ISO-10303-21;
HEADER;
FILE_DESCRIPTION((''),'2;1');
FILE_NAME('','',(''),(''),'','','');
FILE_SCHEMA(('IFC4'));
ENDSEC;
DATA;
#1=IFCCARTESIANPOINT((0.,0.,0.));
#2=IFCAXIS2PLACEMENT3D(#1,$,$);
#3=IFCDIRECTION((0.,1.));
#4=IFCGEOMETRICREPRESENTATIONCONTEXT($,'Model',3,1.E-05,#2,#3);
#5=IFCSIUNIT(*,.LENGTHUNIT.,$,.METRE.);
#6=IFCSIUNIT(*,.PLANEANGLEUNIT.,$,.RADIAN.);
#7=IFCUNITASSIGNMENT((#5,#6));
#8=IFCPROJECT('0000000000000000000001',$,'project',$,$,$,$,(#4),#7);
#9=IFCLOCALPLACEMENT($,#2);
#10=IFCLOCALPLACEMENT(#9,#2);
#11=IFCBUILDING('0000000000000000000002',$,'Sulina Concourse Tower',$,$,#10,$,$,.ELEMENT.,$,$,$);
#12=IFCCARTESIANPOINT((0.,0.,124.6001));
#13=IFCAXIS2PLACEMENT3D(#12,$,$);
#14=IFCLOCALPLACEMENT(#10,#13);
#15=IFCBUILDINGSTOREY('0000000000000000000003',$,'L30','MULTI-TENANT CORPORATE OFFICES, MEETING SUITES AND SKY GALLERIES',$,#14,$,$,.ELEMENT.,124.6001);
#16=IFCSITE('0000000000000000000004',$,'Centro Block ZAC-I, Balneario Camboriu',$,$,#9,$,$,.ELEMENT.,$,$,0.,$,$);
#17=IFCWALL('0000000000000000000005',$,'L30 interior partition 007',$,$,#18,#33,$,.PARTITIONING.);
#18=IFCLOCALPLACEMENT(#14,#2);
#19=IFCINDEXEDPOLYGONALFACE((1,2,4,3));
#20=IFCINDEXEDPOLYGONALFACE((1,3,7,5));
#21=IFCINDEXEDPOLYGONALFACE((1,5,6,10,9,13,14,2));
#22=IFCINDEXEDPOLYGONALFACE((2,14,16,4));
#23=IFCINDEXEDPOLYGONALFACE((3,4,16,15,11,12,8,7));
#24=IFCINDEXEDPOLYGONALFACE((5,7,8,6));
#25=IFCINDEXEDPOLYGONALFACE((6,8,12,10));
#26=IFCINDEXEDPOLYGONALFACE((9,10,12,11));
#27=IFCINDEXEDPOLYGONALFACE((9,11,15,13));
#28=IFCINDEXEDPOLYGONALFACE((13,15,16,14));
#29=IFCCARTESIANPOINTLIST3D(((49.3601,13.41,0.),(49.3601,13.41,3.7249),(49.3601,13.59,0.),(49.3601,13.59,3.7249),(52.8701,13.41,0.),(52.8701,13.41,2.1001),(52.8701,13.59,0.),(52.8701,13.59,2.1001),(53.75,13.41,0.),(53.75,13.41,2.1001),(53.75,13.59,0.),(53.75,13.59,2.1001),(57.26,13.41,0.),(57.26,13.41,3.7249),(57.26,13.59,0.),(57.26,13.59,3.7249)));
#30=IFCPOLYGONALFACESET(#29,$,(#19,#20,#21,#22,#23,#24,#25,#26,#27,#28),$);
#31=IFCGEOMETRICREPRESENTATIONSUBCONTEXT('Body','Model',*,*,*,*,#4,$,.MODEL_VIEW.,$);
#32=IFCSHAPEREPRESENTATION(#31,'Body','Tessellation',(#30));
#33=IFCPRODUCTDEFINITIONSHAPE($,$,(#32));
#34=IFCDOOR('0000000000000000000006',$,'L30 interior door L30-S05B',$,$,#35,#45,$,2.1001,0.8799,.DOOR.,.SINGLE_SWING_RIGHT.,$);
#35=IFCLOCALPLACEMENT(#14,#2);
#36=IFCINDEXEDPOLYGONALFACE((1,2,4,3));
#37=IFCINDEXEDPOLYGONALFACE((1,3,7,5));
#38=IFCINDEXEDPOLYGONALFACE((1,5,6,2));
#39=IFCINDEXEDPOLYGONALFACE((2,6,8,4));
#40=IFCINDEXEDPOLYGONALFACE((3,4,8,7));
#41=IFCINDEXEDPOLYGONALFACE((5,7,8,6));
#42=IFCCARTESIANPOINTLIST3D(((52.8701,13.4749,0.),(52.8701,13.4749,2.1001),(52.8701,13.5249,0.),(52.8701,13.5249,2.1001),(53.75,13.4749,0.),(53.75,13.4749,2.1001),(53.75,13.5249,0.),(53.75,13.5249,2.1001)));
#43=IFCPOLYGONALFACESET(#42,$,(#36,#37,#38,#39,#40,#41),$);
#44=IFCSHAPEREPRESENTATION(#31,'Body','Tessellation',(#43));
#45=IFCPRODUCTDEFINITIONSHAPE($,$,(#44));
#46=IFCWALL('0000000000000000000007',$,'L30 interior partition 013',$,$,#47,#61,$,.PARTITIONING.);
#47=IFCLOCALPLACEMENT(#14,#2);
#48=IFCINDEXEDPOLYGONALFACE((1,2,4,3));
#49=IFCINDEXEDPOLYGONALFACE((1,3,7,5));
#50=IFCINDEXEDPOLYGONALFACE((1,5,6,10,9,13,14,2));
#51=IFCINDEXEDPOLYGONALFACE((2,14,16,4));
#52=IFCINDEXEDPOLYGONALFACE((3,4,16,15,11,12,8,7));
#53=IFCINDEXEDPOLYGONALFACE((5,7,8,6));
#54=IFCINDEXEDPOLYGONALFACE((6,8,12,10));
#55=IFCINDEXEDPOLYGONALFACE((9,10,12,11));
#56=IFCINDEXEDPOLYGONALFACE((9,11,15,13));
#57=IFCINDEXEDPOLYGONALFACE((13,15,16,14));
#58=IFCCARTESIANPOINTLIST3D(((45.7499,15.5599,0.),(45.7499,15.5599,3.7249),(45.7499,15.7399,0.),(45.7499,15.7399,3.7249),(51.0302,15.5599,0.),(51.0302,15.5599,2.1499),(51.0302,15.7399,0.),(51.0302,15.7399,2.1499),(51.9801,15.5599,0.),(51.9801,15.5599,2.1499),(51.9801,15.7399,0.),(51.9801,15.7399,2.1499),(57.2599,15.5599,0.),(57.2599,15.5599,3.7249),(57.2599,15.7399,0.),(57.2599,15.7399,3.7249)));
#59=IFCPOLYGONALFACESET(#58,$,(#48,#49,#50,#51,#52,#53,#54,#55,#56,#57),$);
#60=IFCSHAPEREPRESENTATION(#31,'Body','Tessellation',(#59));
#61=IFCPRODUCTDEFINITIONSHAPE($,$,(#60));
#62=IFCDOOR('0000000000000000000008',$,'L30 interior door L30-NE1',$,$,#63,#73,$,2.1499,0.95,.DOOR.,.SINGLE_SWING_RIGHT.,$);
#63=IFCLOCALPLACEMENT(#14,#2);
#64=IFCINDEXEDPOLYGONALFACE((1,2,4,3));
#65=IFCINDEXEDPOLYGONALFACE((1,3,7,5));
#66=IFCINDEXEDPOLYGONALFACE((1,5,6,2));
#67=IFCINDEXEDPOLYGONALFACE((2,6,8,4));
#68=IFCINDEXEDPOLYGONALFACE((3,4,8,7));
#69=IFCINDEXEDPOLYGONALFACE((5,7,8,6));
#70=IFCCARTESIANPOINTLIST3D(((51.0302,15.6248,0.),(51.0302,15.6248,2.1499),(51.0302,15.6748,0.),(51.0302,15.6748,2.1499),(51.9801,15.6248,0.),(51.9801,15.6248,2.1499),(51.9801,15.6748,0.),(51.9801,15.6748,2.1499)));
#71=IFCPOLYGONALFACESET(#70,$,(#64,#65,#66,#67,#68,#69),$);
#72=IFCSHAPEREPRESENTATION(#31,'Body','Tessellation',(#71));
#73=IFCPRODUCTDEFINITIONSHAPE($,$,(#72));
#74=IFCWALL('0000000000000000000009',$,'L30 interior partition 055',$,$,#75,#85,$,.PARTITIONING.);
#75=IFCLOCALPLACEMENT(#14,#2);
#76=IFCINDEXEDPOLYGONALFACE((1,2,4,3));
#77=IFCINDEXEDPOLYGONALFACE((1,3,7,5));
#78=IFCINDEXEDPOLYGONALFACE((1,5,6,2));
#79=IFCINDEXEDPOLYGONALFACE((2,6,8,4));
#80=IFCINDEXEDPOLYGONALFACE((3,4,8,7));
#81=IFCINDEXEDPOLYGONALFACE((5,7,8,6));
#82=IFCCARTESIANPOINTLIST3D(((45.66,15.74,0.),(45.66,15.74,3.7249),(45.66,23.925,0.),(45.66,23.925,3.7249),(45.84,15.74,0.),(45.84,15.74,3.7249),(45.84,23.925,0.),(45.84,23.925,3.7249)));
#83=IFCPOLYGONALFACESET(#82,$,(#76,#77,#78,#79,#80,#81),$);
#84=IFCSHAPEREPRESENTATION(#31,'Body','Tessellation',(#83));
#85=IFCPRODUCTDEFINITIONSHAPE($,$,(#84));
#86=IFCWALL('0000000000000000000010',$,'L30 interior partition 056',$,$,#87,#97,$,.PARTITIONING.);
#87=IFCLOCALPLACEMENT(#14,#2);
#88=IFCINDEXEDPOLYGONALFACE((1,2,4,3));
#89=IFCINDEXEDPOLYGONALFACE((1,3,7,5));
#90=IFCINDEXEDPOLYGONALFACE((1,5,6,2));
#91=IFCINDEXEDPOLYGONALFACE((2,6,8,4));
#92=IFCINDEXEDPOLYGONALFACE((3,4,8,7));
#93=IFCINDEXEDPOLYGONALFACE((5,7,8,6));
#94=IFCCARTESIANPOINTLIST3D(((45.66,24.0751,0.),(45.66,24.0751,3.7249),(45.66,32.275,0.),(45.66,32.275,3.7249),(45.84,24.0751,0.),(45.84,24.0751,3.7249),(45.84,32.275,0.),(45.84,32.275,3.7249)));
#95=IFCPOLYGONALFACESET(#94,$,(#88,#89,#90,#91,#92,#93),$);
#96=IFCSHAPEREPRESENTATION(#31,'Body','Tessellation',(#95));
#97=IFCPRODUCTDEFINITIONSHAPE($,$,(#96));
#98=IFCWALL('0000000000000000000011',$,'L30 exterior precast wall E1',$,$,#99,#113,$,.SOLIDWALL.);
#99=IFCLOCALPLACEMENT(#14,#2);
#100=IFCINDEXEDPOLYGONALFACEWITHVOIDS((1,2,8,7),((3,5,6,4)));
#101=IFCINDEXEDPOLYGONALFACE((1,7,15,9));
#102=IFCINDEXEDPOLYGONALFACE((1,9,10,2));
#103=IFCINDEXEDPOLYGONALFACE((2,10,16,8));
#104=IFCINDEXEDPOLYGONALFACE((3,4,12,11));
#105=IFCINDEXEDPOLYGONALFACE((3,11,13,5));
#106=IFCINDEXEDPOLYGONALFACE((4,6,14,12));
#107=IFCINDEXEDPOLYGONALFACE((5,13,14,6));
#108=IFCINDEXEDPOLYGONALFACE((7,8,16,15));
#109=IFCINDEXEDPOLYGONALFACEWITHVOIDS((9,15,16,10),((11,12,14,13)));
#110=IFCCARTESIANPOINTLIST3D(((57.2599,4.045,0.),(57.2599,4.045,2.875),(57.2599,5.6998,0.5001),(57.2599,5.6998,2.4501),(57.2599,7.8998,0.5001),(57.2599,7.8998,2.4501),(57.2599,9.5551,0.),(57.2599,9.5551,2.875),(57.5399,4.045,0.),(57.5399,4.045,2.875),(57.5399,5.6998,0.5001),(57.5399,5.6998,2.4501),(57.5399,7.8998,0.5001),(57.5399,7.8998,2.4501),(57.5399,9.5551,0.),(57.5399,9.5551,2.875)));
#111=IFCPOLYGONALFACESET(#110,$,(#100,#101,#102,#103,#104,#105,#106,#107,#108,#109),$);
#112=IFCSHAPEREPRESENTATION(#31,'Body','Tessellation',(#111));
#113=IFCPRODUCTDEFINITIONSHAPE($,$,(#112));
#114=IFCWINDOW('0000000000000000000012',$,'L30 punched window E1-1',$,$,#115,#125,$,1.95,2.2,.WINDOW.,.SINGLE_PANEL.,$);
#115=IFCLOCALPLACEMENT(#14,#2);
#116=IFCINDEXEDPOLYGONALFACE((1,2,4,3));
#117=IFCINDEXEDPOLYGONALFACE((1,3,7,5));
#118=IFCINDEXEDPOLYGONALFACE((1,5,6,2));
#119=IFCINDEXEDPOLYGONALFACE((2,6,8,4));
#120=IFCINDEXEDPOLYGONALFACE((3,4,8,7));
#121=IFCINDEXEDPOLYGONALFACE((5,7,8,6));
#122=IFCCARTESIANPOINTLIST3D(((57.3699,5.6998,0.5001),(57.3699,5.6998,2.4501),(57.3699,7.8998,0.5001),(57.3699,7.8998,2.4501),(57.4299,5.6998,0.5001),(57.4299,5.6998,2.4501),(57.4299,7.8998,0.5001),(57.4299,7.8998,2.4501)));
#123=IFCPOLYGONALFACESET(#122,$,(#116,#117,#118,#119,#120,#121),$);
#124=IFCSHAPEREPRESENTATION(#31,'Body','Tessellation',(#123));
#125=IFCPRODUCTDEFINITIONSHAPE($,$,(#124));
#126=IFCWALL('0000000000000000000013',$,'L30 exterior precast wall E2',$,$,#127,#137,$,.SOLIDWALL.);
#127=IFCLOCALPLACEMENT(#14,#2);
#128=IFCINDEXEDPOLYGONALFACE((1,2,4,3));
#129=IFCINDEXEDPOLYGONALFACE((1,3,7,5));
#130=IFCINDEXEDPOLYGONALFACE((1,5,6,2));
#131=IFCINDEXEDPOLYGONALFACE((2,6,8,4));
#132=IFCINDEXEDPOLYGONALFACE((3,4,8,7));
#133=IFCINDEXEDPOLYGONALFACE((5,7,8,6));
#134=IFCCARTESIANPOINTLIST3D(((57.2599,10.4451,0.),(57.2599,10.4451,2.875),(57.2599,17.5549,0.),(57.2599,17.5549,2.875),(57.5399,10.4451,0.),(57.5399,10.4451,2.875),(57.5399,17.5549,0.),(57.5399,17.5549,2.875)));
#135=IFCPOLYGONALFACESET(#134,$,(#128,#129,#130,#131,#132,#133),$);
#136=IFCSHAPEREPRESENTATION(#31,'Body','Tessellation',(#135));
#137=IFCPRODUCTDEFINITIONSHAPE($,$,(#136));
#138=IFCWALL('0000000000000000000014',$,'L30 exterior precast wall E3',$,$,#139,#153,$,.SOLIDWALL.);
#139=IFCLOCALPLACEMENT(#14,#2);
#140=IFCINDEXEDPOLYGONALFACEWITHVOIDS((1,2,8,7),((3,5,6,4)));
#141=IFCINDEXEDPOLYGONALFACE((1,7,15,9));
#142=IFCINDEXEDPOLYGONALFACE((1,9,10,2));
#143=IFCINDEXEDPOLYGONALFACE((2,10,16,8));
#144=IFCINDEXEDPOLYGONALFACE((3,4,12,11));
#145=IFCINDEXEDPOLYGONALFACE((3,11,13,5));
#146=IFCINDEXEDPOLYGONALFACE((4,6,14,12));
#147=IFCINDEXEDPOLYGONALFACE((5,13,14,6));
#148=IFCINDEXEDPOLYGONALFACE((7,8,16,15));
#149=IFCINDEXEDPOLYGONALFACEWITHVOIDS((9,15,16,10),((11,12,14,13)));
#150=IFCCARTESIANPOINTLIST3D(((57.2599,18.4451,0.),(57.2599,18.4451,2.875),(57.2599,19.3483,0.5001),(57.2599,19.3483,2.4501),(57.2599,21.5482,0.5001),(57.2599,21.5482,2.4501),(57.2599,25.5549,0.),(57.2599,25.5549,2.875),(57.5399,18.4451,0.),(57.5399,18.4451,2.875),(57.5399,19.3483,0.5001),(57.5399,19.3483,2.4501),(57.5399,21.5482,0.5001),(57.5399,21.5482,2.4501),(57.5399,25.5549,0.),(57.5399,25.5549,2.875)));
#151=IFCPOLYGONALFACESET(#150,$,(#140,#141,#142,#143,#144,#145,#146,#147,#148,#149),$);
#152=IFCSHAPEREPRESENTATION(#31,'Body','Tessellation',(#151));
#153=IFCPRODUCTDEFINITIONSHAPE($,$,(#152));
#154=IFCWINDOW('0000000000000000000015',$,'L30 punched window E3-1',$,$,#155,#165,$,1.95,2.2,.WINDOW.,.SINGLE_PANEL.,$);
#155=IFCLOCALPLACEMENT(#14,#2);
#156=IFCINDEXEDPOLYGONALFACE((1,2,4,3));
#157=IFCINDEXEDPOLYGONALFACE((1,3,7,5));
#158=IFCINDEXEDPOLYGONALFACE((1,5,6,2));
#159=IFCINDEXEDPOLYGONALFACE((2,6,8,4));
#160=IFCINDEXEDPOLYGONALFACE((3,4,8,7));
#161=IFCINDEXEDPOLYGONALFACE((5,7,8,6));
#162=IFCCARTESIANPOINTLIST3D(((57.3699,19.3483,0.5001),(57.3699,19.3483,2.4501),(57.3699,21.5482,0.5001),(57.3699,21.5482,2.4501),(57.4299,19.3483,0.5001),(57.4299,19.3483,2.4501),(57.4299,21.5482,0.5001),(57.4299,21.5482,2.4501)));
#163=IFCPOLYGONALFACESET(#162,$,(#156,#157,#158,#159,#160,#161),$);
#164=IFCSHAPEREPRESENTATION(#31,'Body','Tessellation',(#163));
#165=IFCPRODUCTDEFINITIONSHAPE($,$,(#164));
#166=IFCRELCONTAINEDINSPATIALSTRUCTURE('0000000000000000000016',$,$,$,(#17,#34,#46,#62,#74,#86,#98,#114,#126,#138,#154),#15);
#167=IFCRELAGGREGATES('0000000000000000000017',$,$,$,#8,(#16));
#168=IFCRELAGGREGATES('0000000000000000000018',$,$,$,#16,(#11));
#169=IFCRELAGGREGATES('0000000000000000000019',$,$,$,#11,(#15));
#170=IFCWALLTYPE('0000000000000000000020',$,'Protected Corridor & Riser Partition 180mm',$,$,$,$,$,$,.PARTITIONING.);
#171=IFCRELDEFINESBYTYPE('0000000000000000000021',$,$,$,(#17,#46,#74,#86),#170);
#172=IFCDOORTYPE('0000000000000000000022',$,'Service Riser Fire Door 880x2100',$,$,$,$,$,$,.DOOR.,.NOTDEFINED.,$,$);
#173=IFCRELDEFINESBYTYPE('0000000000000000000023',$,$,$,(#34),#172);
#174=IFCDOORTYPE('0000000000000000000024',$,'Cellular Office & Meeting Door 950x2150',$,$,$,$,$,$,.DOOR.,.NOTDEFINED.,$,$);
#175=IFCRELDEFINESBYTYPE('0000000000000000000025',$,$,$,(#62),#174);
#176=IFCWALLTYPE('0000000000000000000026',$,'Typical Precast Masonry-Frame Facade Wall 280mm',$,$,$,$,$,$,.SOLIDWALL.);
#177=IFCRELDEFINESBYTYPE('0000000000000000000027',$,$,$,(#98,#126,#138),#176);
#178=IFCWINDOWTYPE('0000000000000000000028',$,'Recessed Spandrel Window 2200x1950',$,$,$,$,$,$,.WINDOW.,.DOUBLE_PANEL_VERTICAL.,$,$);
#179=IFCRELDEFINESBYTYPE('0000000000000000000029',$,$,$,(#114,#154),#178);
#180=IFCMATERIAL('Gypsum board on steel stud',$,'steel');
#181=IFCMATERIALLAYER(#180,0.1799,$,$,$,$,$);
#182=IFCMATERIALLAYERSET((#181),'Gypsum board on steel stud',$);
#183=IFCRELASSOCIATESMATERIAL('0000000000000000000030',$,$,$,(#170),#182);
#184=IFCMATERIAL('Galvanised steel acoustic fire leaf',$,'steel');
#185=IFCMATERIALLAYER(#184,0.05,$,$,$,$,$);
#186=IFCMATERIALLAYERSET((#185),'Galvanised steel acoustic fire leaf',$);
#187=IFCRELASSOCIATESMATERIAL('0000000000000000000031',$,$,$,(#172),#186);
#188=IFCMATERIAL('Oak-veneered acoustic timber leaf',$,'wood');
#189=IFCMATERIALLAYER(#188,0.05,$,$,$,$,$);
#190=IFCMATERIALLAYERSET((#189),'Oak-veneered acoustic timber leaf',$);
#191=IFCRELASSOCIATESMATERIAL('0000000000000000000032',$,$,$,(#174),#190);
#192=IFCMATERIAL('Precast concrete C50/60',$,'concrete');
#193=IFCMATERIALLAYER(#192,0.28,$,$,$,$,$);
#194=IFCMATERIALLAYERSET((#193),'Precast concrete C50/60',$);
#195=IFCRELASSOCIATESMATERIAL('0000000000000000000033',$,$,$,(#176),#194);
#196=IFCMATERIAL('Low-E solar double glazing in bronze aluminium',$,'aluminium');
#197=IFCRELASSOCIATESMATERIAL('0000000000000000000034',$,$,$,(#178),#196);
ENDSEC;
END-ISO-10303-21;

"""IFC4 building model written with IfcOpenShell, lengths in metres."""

from ifc_helpers import new_model, si_unit, direction, frame, frame_2d, origin, place, context, subcontext, project, spatial, rectangle, extrude, material, layer, layer_set, type_object, element, fill, save


model = new_model("IFC4")

# Units and contexts
model_context = context("Model", 3, precision=1e-05, world=origin(), true_north=direction((0.0, 1.0)))
body_context = subcontext(model_context, "Body", "Model", "MODEL_VIEW")
ifc_project = project(units=[si_unit("LENGTHUNIT", "METRE"), si_unit("PLANEANGLEUNIT", "RADIAN")], contexts=[model_context])

# Site, building, storey
site_placement = place(None, origin())
site = spatial("IfcSite", under=ifc_project, at=site_placement, Name="Centro Block ZAC-I, Balneario Camboriu", CompositionType="ELEMENT", RefElevation=0.0)
building_placement = place(site_placement, origin())
building = spatial("IfcBuilding", under=site, at=building_placement, Name="Sulina Concourse Tower", CompositionType="ELEMENT")
storey_placement = place(building_placement, frame((0.0, 0.0, 124.6001)))
storey = spatial("IfcBuildingStorey", under=building, at=storey_placement, Name="L30", Description="MULTI-TENANT CORPORATE OFFICES, MEETING SUITES AND SKY GALLERIES", CompositionType="ELEMENT", Elevation=124.6001)

# Walls, openings, doors
ifc_material_1 = material(Name="Gypsum board on steel stud", Category="steel")
ifc_layer_1 = layer(ifc_material_1, 0.1799)
ifc_layer_set_1 = layer_set([ifc_layer_1], Name="Gypsum board on steel stud")
wall_type_1 = type_object("IfcWallType", Name="Protected Corridor & Riser Partition 180mm", PredefinedType="PARTITIONING", material=ifc_layer_set_1)
wall_1_placement = place(storey_placement, frame((49.3601, 13.5, 0.0), z_axis=(0.0, 0.0, 1.0), x_axis=(1.0, 0.0, 0.0)))
wall_1 = element("IfcWall", 1, at=wall_1_placement, inside=storey, type_object=wall_type_1, Name="L30 interior partition 007", PredefinedType="PARTITIONING", context=body_context, shape_type="SweptSolid", body=[
    extrude(rectangle(XDim=7.8999, YDim=0.1799, at=frame_2d((3.95, 0.0))), origin(), (0.0, 0.0, 1.0), 3.7249),
])
opening_1_placement = place(wall_1_placement, frame((3.51, 0.0, 0.0)))
opening_1 = element("IfcOpeningElement", 2, at=opening_1_placement, cuts=wall_1, PredefinedType="OPENING", context=body_context, shape_type="SweptSolid", body=[
    extrude(rectangle(XDim=0.8799, YDim=2.1001, at=frame_2d((0.4399, 1.05))), frame((0.0, 0.0999, 0.0), z_axis=(0.0, -1.0, 0.0), x_axis=(1.0, 0.0, 0.0)), (0.0, 0.0, 1.0), 0.2),
])
ifc_material_2 = material(Name="Galvanised steel acoustic fire leaf", Category="steel")
ifc_layer_2 = layer(ifc_material_2, 0.05)
ifc_layer_set_2 = layer_set([ifc_layer_2], Name="Galvanised steel acoustic fire leaf")
door_type_1 = type_object("IfcDoorType", Name="Service Riser Fire Door 880x2100", OperationType="NOTDEFINED", PredefinedType="DOOR", material=ifc_layer_set_2)
door_1_placement = place(opening_1_placement, origin())
door_1 = element("IfcDoor", 3, at=door_1_placement, inside=storey, type_object=door_type_1, Name="L30 interior door L30-S05B", OperationType="SINGLE_SWING_RIGHT", OverallHeight=2.1001, OverallWidth=0.8799, PredefinedType="DOOR", context=body_context, shape_type="SweptSolid", body=[
    extrude(rectangle(XDim=0.8799, YDim=2.1001, at=frame_2d((0.4399, 1.05))), frame((0.0, 0.0249, 0.0), z_axis=(0.0, -1.0, 0.0), x_axis=(1.0, 0.0, 0.0)), (0.0, 0.0, 1.0), 0.05),
])
fill(opening_1, door_1)
wall_2_placement = place(storey_placement, frame((45.75, 15.6499, 0.0), z_axis=(0.0, 0.0, 1.0), x_axis=(1.0, 0.0, 0.0)))
wall_2 = element("IfcWall", 4, at=wall_2_placement, inside=storey, type_object=wall_type_1, Name="L30 interior partition 013", PredefinedType="PARTITIONING", context=body_context, shape_type="SweptSolid", body=[
    extrude(rectangle(XDim=11.51, YDim=0.1799, at=frame_2d((5.7549, 0.0))), origin(), (0.0, 0.0, 1.0), 3.7249),
])
opening_2_placement = place(wall_2_placement, frame((5.28, 0.0, 0.0)))
opening_2 = element("IfcOpeningElement", 5, at=opening_2_placement, cuts=wall_2, PredefinedType="OPENING", context=body_context, shape_type="SweptSolid", body=[
    extrude(rectangle(XDim=0.95, YDim=2.1499, at=frame_2d((0.4751, 1.075))), frame((0.0, 0.0999, 0.0), z_axis=(0.0, -1.0, 0.0), x_axis=(1.0, 0.0, 0.0)), (0.0, 0.0, 1.0), 0.2),
])
ifc_material_3 = material(Name="Oak-veneered acoustic timber leaf", Category="wood")
ifc_layer_3 = layer(ifc_material_3, 0.05)
ifc_layer_set_3 = layer_set([ifc_layer_3], Name="Oak-veneered acoustic timber leaf")
door_type_2 = type_object("IfcDoorType", Name="Cellular Office & Meeting Door 950x2150", OperationType="NOTDEFINED", PredefinedType="DOOR", material=ifc_layer_set_3)
door_2_placement = place(opening_2_placement, origin())
door_2 = element("IfcDoor", 6, at=door_2_placement, inside=storey, type_object=door_type_2, Name="L30 interior door L30-NE1", OperationType="SINGLE_SWING_RIGHT", OverallHeight=2.1499, OverallWidth=0.95, PredefinedType="DOOR", context=body_context, shape_type="SweptSolid", body=[
    extrude(rectangle(XDim=0.95, YDim=2.1499, at=frame_2d((0.4751, 1.075))), frame((0.0, 0.0249, 0.0), z_axis=(0.0, -1.0, 0.0), x_axis=(1.0, 0.0, 0.0)), (0.0, 0.0, 1.0), 0.05),
])
fill(opening_2, door_2)

# Walls
wall_3_placement = place(storey_placement, frame((45.75, 15.74, 0.0), z_axis=(0.0, 0.0, 1.0), x_axis=(0.0, 1.0, 0.0)))
element("IfcWall", 7, at=wall_3_placement, inside=storey, type_object=wall_type_1, Name="L30 interior partition 055", PredefinedType="PARTITIONING", context=body_context, shape_type="SweptSolid", body=[
    extrude(rectangle(XDim=8.1851, YDim=0.1799, at=frame_2d((4.0925, 0.0))), origin(), (0.0, 0.0, 1.0), 3.7249),
])
wall_4_placement = place(storey_placement, frame((45.75, 24.075, 0.0), z_axis=(0.0, 0.0, 1.0), x_axis=(0.0, 1.0, 0.0)))
element("IfcWall", 8, at=wall_4_placement, inside=storey, type_object=wall_type_1, Name="L30 interior partition 056", PredefinedType="PARTITIONING", context=body_context, shape_type="SweptSolid", body=[
    extrude(rectangle(XDim=8.2, YDim=0.1799, at=frame_2d((4.1001, 0.0))), origin(), (0.0, 0.0, 1.0), 3.7249),
])

# Wall, opening, window
ifc_material_4 = material(Name="Precast concrete C50/60", Category="concrete")
ifc_layer_4 = layer(ifc_material_4, 0.28)
ifc_layer_set_4 = layer_set([ifc_layer_4], Name="Precast concrete C50/60")
wall_type_2 = type_object("IfcWallType", Name="Typical Precast Masonry-Frame Facade Wall 280mm", PredefinedType="SOLIDWALL", material=ifc_layer_set_4)
wall_5_placement = place(storey_placement, frame((57.3999, 9.5549, 0.0), z_axis=(0.0, 0.0, 1.0), x_axis=(0.0, -1.0, 0.0)))
wall_5 = element("IfcWall", 9, at=wall_5_placement, inside=storey, type_object=wall_type_2, Name="L30 exterior precast wall E1", PredefinedType="SOLIDWALL", context=body_context, shape_type="SweptSolid", body=[
    extrude(rectangle(XDim=5.51, YDim=0.28, at=frame_2d((2.7549, 0.0))), origin(), (0.0, 0.0, 1.0), 2.875),
])
opening_3_placement = place(wall_5_placement, frame((1.655, 0.0, 0.5)))
opening_3 = element("IfcOpeningElement", 10, at=opening_3_placement, cuts=wall_5, PredefinedType="OPENING", context=body_context, shape_type="SweptSolid", body=[
    extrude(rectangle(XDim=2.2, YDim=1.95, at=frame_2d((1.1001, 0.9751))), frame((0.0, 0.1499, 0.0), z_axis=(0.0, -1.0, 0.0), x_axis=(1.0, 0.0, 0.0)), (0.0, 0.0, 1.0), 0.3),
])
ifc_material_5 = material(Name="Low-E solar double glazing in bronze aluminium", Category="aluminium")
window_type = type_object("IfcWindowType", Name="Recessed Spandrel Window 2200x1950", PartitioningType="DOUBLE_PANEL_VERTICAL", PredefinedType="WINDOW", material=ifc_material_5)
window_1_placement = place(opening_3_placement, origin())
window_1 = element("IfcWindow", 11, at=window_1_placement, inside=storey, type_object=window_type, Name="L30 punched window E1-1", OverallHeight=1.95, OverallWidth=2.2, PartitioningType="SINGLE_PANEL", PredefinedType="WINDOW", context=body_context, shape_type="SweptSolid", body=[
    extrude(rectangle(XDim=2.2, YDim=1.95, at=frame_2d((1.1001, 0.9751))), frame((0.0, 0.03, 0.0), z_axis=(0.0, -1.0, 0.0), x_axis=(1.0, 0.0, 0.0)), (0.0, 0.0, 1.0), 0.0601),
])
fill(opening_3, window_1)

# Wall
wall_6_placement = place(storey_placement, frame((57.3999, 17.5549, 0.0), z_axis=(0.0, 0.0, 1.0), x_axis=(0.0, -1.0, 0.0)))
element("IfcWall", 12, at=wall_6_placement, inside=storey, type_object=wall_type_2, Name="L30 exterior precast wall E2", PredefinedType="SOLIDWALL", context=body_context, shape_type="SweptSolid", body=[
    extrude(rectangle(XDim=7.1099, YDim=0.28, at=frame_2d((3.5549, 0.0))), origin(), (0.0, 0.0, 1.0), 2.875),
])

# Wall, opening, window
wall_7_placement = place(storey_placement, frame((57.3999, 25.5549, 0.0), z_axis=(0.0, 0.0, 1.0), x_axis=(0.0, -1.0, 0.0)))
wall_7 = element("IfcWall", 13, at=wall_7_placement, inside=storey, type_object=wall_type_2, Name="L30 exterior precast wall E3", PredefinedType="SOLIDWALL", context=body_context, shape_type="SweptSolid", body=[
    extrude(rectangle(XDim=7.1099, YDim=0.28, at=frame_2d((3.5549, 0.0))), origin(), (0.0, 0.0, 1.0), 2.875),
])
opening_4_placement = place(wall_7_placement, frame((4.0066, 0.0, 0.5)))
opening_4 = element("IfcOpeningElement", 14, at=opening_4_placement, cuts=wall_7, PredefinedType="OPENING", context=body_context, shape_type="SweptSolid", body=[
    extrude(rectangle(XDim=2.2, YDim=1.95, at=frame_2d((1.1001, 0.9751))), frame((0.0, 0.1499, 0.0), z_axis=(0.0, -1.0, 0.0), x_axis=(1.0, 0.0, 0.0)), (0.0, 0.0, 1.0), 0.3),
])
window_2_placement = place(opening_4_placement, origin())
window_2 = element("IfcWindow", 15, at=window_2_placement, inside=storey, type_object=window_type, Name="L30 punched window E3-1", OverallHeight=1.95, OverallWidth=2.2, PartitioningType="SINGLE_PANEL", PredefinedType="WINDOW", context=body_context, shape_type="SweptSolid", body=[
    extrude(rectangle(XDim=2.2, YDim=1.95, at=frame_2d((1.1001, 0.9751))), frame((0.0, 0.03, 0.0), z_axis=(0.0, -1.0, 0.0), x_axis=(1.0, 0.0, 0.0)), (0.0, 0.0, 1.0), 0.0601),
])
fill(opening_4, window_2)

save(model, "model.ifc")
